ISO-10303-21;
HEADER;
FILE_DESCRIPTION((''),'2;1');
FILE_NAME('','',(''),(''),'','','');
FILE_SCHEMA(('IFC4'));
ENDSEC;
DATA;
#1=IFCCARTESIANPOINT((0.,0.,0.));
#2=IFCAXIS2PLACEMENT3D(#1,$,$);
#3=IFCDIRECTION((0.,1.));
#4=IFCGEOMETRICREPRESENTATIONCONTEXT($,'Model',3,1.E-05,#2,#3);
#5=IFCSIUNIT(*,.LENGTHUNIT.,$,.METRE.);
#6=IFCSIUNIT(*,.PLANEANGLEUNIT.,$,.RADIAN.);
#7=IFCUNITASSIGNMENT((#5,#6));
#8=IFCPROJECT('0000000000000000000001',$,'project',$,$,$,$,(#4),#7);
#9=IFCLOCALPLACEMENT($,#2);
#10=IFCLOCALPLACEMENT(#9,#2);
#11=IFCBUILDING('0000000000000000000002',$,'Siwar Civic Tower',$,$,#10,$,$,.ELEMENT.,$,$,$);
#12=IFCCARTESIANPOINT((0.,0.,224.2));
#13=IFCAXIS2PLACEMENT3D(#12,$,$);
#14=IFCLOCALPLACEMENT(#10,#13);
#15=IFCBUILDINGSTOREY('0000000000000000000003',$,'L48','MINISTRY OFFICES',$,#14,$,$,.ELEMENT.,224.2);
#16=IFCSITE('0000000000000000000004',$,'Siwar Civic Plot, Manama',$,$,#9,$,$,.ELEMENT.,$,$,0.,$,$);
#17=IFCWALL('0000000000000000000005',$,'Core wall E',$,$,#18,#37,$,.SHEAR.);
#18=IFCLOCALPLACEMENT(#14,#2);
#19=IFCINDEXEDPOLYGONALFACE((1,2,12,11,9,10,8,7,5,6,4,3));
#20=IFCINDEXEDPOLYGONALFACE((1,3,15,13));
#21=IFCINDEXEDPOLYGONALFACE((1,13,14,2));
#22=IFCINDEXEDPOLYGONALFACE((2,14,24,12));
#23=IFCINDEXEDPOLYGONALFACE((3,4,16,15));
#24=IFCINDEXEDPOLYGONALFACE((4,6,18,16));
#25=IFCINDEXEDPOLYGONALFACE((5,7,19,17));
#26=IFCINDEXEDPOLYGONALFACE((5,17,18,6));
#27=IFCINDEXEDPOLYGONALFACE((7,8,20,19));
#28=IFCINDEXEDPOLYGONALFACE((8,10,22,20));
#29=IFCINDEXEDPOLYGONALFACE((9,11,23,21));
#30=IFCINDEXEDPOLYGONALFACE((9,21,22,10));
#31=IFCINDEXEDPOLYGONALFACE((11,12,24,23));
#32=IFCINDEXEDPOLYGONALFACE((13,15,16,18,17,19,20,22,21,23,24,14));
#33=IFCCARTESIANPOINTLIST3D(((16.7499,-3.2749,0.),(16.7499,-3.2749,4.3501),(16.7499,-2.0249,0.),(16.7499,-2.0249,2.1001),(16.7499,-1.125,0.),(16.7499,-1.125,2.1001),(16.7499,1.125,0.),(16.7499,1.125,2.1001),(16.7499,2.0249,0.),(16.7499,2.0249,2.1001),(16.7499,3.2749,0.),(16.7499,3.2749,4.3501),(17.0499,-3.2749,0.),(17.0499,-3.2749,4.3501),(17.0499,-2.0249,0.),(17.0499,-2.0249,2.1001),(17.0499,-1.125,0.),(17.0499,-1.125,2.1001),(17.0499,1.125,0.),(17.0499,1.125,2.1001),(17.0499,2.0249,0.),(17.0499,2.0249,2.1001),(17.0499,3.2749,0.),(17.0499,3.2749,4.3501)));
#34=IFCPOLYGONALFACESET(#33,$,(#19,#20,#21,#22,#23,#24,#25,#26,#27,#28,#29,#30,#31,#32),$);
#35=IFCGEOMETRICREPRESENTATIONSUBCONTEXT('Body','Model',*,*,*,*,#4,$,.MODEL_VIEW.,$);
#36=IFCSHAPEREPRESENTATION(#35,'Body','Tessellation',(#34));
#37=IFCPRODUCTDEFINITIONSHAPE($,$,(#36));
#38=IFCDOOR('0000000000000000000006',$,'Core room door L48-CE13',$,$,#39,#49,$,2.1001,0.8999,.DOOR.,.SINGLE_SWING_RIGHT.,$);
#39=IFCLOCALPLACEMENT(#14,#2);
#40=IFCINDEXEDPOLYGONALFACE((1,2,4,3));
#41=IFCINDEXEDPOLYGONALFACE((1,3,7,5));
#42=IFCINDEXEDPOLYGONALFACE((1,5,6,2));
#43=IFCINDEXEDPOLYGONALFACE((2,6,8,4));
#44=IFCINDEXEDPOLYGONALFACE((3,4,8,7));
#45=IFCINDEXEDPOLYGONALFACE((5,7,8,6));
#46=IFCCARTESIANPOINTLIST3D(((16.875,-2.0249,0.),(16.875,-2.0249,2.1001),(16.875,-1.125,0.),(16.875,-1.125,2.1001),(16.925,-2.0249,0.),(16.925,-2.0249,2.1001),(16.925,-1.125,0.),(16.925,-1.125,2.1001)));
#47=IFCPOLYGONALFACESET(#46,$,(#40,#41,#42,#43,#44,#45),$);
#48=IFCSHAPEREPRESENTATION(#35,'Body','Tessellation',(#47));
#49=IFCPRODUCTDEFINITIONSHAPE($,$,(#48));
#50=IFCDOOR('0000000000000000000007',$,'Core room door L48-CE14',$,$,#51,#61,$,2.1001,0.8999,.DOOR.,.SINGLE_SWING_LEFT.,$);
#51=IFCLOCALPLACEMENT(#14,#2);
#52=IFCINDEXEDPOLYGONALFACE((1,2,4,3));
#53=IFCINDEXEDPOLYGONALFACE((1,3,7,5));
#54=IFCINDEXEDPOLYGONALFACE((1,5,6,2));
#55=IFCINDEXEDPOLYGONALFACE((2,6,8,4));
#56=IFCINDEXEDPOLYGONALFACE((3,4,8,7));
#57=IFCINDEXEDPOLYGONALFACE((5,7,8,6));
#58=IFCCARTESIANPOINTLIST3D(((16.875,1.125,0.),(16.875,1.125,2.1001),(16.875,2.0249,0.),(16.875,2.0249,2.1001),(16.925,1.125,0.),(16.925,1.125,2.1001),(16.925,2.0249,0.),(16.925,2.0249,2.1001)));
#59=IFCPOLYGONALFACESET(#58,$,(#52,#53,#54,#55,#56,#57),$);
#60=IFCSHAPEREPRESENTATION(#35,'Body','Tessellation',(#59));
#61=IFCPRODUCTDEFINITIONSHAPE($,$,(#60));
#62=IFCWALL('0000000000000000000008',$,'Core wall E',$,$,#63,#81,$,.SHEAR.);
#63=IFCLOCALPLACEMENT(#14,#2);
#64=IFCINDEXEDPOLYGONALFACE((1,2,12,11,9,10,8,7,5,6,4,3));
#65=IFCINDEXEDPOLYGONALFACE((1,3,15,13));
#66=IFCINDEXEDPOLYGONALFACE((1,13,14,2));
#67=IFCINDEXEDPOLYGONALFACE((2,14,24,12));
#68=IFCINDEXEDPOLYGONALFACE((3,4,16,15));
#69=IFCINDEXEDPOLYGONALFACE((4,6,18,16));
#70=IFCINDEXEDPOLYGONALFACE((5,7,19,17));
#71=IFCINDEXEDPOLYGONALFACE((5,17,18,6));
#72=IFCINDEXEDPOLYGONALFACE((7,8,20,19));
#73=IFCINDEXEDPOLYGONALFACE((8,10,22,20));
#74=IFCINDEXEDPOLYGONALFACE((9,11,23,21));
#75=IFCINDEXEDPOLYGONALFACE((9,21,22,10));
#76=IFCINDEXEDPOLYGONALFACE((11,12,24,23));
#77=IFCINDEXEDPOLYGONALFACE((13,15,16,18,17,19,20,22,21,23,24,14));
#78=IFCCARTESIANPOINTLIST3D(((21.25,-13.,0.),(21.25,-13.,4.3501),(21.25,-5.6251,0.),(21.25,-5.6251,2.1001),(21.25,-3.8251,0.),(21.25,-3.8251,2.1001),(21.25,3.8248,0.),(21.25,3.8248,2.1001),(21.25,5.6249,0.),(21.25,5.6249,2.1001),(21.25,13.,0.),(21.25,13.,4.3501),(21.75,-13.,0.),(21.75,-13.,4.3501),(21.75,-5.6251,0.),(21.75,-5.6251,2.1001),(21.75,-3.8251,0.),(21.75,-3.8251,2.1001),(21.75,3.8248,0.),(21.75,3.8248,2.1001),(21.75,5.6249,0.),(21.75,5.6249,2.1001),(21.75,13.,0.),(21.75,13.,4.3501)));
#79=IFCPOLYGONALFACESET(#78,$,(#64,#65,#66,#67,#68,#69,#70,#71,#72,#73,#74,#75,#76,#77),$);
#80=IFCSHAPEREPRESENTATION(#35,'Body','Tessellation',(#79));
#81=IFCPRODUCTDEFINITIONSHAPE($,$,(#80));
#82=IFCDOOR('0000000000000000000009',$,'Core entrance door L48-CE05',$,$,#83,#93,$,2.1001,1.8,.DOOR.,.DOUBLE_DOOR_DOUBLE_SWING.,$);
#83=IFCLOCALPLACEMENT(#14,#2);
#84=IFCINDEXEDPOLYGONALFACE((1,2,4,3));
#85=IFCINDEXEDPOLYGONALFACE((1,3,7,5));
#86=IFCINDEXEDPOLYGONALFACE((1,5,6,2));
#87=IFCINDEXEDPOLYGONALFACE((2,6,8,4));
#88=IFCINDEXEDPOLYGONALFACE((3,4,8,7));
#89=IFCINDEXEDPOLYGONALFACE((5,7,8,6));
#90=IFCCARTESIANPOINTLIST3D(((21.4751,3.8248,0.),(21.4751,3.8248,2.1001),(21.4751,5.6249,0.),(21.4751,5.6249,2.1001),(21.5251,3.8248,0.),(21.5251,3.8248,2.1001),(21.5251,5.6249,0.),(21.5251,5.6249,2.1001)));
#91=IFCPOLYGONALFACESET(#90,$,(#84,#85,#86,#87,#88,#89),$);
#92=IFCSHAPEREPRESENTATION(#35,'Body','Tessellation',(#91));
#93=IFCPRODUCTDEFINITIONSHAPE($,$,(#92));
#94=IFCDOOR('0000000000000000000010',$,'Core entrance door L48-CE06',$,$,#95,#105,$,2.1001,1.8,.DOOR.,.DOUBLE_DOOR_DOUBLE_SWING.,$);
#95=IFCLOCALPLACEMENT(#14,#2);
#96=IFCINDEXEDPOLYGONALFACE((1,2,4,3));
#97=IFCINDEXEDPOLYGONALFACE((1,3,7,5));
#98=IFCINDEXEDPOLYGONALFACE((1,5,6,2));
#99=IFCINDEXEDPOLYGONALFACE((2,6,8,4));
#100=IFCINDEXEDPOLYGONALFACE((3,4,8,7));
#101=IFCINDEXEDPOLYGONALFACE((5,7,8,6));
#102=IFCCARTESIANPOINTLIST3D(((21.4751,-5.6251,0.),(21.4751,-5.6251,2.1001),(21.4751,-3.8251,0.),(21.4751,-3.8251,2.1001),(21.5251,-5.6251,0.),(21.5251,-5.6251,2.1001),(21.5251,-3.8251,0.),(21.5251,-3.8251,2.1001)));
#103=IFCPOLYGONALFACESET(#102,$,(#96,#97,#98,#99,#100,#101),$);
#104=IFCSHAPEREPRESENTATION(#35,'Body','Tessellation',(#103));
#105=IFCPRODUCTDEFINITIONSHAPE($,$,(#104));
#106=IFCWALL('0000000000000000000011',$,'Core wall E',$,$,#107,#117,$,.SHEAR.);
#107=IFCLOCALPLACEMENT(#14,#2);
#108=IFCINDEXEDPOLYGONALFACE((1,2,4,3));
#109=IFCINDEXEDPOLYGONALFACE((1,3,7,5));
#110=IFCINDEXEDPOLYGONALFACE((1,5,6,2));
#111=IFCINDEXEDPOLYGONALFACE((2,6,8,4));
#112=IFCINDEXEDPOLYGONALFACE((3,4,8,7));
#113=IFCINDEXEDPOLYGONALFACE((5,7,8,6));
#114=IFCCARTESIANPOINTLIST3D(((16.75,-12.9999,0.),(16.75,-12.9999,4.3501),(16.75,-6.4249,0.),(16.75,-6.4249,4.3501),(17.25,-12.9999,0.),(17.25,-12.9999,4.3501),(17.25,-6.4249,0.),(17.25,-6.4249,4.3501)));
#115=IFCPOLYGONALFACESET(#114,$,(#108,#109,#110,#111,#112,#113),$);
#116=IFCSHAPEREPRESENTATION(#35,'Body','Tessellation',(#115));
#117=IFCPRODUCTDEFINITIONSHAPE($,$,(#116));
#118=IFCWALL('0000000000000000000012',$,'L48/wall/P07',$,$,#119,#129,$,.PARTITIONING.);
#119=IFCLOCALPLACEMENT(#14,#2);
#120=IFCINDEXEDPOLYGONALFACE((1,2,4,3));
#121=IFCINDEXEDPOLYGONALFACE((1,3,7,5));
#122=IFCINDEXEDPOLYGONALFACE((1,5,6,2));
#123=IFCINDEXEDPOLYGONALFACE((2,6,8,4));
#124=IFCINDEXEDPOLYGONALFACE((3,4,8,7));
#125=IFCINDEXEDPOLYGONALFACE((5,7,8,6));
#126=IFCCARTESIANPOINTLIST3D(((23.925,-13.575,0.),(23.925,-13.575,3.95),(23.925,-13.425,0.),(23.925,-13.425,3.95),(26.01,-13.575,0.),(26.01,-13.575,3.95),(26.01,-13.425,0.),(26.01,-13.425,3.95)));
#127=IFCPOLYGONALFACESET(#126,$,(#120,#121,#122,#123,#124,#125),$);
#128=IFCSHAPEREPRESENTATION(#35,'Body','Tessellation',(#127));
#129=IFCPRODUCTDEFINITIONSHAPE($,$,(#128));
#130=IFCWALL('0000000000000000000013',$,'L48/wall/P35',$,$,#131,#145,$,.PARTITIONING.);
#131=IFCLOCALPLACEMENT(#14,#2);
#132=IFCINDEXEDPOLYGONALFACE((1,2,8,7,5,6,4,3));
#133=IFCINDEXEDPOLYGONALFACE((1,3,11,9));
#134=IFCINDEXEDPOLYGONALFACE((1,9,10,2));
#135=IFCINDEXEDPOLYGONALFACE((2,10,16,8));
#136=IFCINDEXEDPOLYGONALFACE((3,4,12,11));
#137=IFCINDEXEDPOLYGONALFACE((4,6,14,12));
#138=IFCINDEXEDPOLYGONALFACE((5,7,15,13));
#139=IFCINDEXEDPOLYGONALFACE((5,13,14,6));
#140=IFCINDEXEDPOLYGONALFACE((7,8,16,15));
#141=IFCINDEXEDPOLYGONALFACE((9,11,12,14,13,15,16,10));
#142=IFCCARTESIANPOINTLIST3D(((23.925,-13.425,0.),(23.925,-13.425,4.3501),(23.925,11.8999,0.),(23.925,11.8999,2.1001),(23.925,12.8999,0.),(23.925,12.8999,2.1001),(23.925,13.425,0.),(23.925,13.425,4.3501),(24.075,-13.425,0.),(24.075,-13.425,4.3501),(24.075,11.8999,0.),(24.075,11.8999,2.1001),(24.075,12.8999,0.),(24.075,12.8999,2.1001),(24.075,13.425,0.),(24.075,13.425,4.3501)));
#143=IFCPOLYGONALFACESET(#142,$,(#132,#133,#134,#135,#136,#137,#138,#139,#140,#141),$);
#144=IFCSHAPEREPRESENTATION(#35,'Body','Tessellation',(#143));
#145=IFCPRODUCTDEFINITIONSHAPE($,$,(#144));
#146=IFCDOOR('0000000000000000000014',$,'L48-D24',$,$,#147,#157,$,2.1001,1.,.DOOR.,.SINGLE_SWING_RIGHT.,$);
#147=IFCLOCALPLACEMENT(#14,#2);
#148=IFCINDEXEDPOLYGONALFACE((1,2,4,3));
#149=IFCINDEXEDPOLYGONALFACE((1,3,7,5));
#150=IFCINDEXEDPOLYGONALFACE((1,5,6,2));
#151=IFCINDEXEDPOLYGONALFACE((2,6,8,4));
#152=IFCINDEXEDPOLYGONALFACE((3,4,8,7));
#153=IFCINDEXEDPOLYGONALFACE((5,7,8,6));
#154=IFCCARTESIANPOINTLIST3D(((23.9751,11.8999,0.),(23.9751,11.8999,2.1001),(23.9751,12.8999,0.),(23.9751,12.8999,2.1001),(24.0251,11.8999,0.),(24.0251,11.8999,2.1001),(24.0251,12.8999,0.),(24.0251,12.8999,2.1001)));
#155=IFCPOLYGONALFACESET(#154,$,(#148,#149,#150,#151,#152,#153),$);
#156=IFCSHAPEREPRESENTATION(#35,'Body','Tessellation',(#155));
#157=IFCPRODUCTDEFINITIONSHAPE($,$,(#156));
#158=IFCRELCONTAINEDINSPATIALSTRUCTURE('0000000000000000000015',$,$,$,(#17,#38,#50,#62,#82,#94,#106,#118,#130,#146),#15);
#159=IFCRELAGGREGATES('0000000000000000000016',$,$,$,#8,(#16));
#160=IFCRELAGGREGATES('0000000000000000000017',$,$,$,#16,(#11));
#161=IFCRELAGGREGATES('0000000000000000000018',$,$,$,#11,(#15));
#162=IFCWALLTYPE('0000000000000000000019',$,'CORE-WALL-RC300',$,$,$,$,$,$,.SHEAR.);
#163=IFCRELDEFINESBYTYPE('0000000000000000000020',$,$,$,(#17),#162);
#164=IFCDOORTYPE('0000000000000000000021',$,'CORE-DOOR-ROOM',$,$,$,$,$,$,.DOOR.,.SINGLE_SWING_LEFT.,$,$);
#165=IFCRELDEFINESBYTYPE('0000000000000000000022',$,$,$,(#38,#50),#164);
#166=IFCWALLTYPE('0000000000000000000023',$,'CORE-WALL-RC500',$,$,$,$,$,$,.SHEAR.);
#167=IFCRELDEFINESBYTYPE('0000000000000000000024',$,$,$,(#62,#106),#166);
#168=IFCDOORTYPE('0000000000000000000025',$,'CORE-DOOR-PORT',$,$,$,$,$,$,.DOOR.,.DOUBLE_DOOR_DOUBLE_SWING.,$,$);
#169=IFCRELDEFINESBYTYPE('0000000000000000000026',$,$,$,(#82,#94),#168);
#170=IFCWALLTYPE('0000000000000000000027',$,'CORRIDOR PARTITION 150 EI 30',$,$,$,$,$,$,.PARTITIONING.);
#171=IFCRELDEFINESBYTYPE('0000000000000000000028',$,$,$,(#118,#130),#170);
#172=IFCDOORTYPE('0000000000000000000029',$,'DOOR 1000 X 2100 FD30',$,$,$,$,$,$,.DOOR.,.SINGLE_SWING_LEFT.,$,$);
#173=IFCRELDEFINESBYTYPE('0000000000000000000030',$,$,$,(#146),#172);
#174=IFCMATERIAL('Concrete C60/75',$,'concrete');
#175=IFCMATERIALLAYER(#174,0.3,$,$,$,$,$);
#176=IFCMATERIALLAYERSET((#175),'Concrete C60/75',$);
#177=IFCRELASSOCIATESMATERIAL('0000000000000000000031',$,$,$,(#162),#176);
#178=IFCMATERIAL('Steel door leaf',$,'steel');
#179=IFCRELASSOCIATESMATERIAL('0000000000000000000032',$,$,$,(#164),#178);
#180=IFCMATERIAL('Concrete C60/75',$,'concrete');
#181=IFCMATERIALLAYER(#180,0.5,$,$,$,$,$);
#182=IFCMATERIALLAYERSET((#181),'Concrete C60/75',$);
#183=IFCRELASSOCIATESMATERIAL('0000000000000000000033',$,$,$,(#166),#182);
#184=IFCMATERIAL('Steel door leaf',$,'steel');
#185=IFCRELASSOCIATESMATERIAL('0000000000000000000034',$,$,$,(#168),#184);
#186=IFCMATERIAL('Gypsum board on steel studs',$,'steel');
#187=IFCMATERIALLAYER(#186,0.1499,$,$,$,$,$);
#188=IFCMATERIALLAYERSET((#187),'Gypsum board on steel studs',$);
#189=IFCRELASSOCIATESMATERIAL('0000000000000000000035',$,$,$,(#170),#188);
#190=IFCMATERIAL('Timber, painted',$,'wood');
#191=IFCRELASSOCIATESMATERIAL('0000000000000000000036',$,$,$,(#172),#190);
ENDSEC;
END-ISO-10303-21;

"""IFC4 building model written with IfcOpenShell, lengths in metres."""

from ifc_helpers import new_model, si_unit, direction, frame, frame_2d, origin, place, context, subcontext, project, spatial, rectangle, extrude, material, layer, layer_set, type_object, element, fill, save


model = new_model("IFC4")

# Units and contexts
model_context = context("Model", 3, precision=1e-05, world=origin(), true_north=direction((0.0, 1.0)))
body_context = subcontext(model_context, "Body", "Model", "MODEL_VIEW")
ifc_project = project(units=[si_unit("LENGTHUNIT", "METRE"), si_unit("PLANEANGLEUNIT", "RADIAN")], contexts=[model_context])

# Site, building, storey
site_placement = place(None, origin())
site = spatial("IfcSite", under=ifc_project, at=site_placement, Name="Siwar Civic Plot, Manama", CompositionType="ELEMENT", RefElevation=0.0)
building_placement = place(site_placement, origin())
building = spatial("IfcBuilding", under=site, at=building_placement, Name="Siwar Civic Tower", CompositionType="ELEMENT")
storey_placement = place(building_placement, frame((0.0, 0.0, 224.2)))
storey = spatial("IfcBuildingStorey", under=building, at=storey_placement, Name="L48", Description="MINISTRY OFFICES", CompositionType="ELEMENT", Elevation=224.2)

# Walls, openings, doors
ifc_material_1 = material(Name="Concrete C60/75", Category="concrete")
ifc_layer_1 = layer(ifc_material_1, 0.3)
ifc_layer_set_1 = layer_set([ifc_layer_1], Name="Concrete C60/75")
wall_type_1 = type_object("IfcWallType", Name="CORE-WALL-RC300", PredefinedType="SHEAR", material=ifc_layer_set_1)
wall_1_placement = place(storey_placement, frame((16.8999, -3.2749, 0.0), z_axis=(0.0, 0.0, 1.0), x_axis=(0.0, 1.0, 0.0)))
wall_1 = element("IfcWall", 1, at=wall_1_placement, inside=storey, type_object=wall_type_1, Name="Core wall E", PredefinedType="SHEAR", context=body_context, shape_type="SweptSolid", body=[
    extrude(rectangle(XDim=6.5498, YDim=0.3, at=frame_2d((3.2749, 0.0))), origin(), (0.0, 0.0, 1.0), 4.3501),
])
opening_1_placement = place(wall_1_placement, frame((1.25, 0.0, 0.0)))
opening_1 = element("IfcOpeningElement", 2, at=opening_1_placement, cuts=wall_1, PredefinedType="OPENING", context=body_context, shape_type="SweptSolid", body=[
    extrude(rectangle(XDim=0.8999, YDim=2.1001, at=frame_2d((0.45, 1.05))), frame((0.0, 0.1602, 0.0), z_axis=(0.0, -1.0, 0.0), x_axis=(1.0, 0.0, 0.0)), (0.0, 0.0, 1.0), 0.3201),
])
opening_2_placement = place(wall_1_placement, frame((4.3999, 0.0, 0.0)))
opening_2 = element("IfcOpeningElement", 3, at=opening_2_placement, cuts=wall_1, PredefinedType="OPENING", context=body_context, shape_type="SweptSolid", body=[
    extrude(rectangle(XDim=0.8999, YDim=2.1001, at=frame_2d((0.45, 1.05))), frame((0.0, 0.1602, 0.0), z_axis=(0.0, -1.0, 0.0), x_axis=(1.0, 0.0, 0.0)), (0.0, 0.0, 1.0), 0.3201),
])
ifc_material_2 = material(Name="Steel door leaf", Category="steel")
door_type_1 = type_object("IfcDoorType", Name="CORE-DOOR-ROOM", OperationType="SINGLE_SWING_LEFT", PredefinedType="DOOR", material=ifc_material_2)
door_1_placement = place(opening_1_placement, origin())
door_1 = element("IfcDoor", 4, at=door_1_placement, inside=storey, type_object=door_type_1, Name="Core room door L48-CE13", OperationType="SINGLE_SWING_RIGHT", OverallHeight=2.1001, OverallWidth=0.8999, PredefinedType="DOOR", context=body_context, shape_type="SweptSolid", body=[
    extrude(rectangle(XDim=0.8999, YDim=2.1001, at=frame_2d((0.45, 1.05))), frame((0.0, 0.0249, 0.0), z_axis=(0.0, -1.0, 0.0), x_axis=(1.0, 0.0, 0.0)), (0.0, 0.0, 1.0), 0.05),
])
fill(opening_1, door_1)
door_2_placement = place(opening_2_placement, origin())
door_2 = element("IfcDoor", 5, at=door_2_placement, inside=storey, type_object=door_type_1, Name="Core room door L48-CE14", OperationType="SINGLE_SWING_LEFT", OverallHeight=2.1001, OverallWidth=0.8999, PredefinedType="DOOR", context=body_context, shape_type="SweptSolid", body=[
    extrude(rectangle(XDim=0.8999, YDim=2.1001, at=frame_2d((0.45, 1.05))), frame((0.0, 0.0249, 0.0), z_axis=(0.0, -1.0, 0.0), x_axis=(1.0, 0.0, 0.0)), (0.0, 0.0, 1.0), 0.05),
])
fill(opening_2, door_2)
ifc_material_3 = material(Name="Concrete C60/75", Category="concrete")
ifc_layer_2 = layer(ifc_material_3, 0.5)
ifc_layer_set_2 = layer_set([ifc_layer_2], Name="Concrete C60/75")
wall_type_2 = type_object("IfcWallType", Name="CORE-WALL-RC500", PredefinedType="SHEAR", material=ifc_layer_set_2)
wall_2_placement = place(storey_placement, frame((21.5, -13.0, 0.0), z_axis=(0.0, 0.0, 1.0), x_axis=(0.0, 1.0, 0.0)))
wall_2 = element("IfcWall", 6, at=wall_2_placement, inside=storey, type_object=wall_type_2, Name="Core wall E", PredefinedType="SHEAR", context=body_context, shape_type="SweptSolid", body=[
    extrude(rectangle(XDim=26.0, YDim=0.5, at=frame_2d((13.0, 0.0))), origin(), (0.0, 0.0, 1.0), 4.3501),
])
opening_3_placement = place(wall_2_placement, frame((16.825, 0.0, 0.0)))
opening_3 = element("IfcOpeningElement", 7, at=opening_3_placement, cuts=wall_2, PredefinedType="OPENING", context=body_context, shape_type="SweptSolid", body=[
    extrude(rectangle(XDim=1.8, YDim=2.1001, at=frame_2d((0.8999, 1.05))), frame((0.0, 0.26, 0.0), z_axis=(0.0, -1.0, 0.0), x_axis=(1.0, 0.0, 0.0)), (0.0, 0.0, 1.0), 0.52),
])
opening_4_placement = place(wall_2_placement, frame((7.375, 0.0, 0.0)))
opening_4 = element("IfcOpeningElement", 8, at=opening_4_placement, cuts=wall_2, PredefinedType="OPENING", context=body_context, shape_type="SweptSolid", body=[
    extrude(rectangle(XDim=1.8, YDim=2.1001, at=frame_2d((0.8999, 1.05))), frame((0.0, 0.26, 0.0), z_axis=(0.0, -1.0, 0.0), x_axis=(1.0, 0.0, 0.0)), (0.0, 0.0, 1.0), 0.52),
])
ifc_material_4 = material(Name="Steel door leaf", Category="steel")
door_type_2 = type_object("IfcDoorType", Name="CORE-DOOR-PORT", OperationType="DOUBLE_DOOR_DOUBLE_SWING", PredefinedType="DOOR", material=ifc_material_4)
door_3_placement = place(opening_3_placement, origin())
door_3 = element("IfcDoor", 9, at=door_3_placement, inside=storey, type_object=door_type_2, Name="Core entrance door L48-CE05", OperationType="DOUBLE_DOOR_DOUBLE_SWING", OverallHeight=2.1001, OverallWidth=1.8, PredefinedType="DOOR", context=body_context, shape_type="SweptSolid", body=[
    extrude(rectangle(XDim=1.8, YDim=2.1001, at=frame_2d((0.8999, 1.05))), frame((0.0, 0.0249, 0.0), z_axis=(0.0, -1.0, 0.0), x_axis=(1.0, 0.0, 0.0)), (0.0, 0.0, 1.0), 0.05),
])
fill(opening_3, door_3)
door_4_placement = place(opening_4_placement, origin())
door_4 = element("IfcDoor", 10, at=door_4_placement, inside=storey, type_object=door_type_2, Name="Core entrance door L48-CE06", OperationType="DOUBLE_DOOR_DOUBLE_SWING", OverallHeight=2.1001, OverallWidth=1.8, PredefinedType="DOOR", context=body_context, shape_type="SweptSolid", body=[
    extrude(rectangle(XDim=1.8, YDim=2.1001, at=frame_2d((0.8999, 1.05))), frame((0.0, 0.0249, 0.0), z_axis=(0.0, -1.0, 0.0), x_axis=(1.0, 0.0, 0.0)), (0.0, 0.0, 1.0), 0.05),
])
fill(opening_4, door_4)

# Walls
wall_3_placement = place(storey_placement, frame((17.0, -13.0, 0.0), z_axis=(0.0, 0.0, 1.0), x_axis=(0.0, 1.0, 0.0)))
element("IfcWall", 11, at=wall_3_placement, inside=storey, type_object=wall_type_2, Name="Core wall E", PredefinedType="SHEAR", context=body_context, shape_type="SweptSolid", body=[
    extrude(rectangle(XDim=6.575, YDim=0.5, at=frame_2d((3.2876, 0.0))), origin(), (0.0, 0.0, 1.0), 4.3501),
])
ifc_material_5 = material(Name="Gypsum board on steel studs", Category="steel")
ifc_layer_3 = layer(ifc_material_5, 0.1499)
ifc_layer_set_3 = layer_set([ifc_layer_3], Name="Gypsum board on steel studs")
wall_type_3 = type_object("IfcWallType", Name="CORRIDOR PARTITION 150 EI 30", PredefinedType="PARTITIONING", material=ifc_layer_set_3)
wall_4_placement = place(storey_placement, frame((23.925, -13.5, 0.0), z_axis=(0.0, 0.0, 1.0), x_axis=(1.0, 0.0, 0.0)))
element("IfcWall", 12, at=wall_4_placement, inside=storey, type_object=wall_type_3, Name="L48/wall/P07", PredefinedType="PARTITIONING", context=body_context, shape_type="SweptSolid", body=[
    extrude(rectangle(XDim=2.085, YDim=0.1499, at=frame_2d((1.0425, 0.0))), origin(), (0.0, 0.0, 1.0), 3.95),
])

# Wall, opening, door
wall_5_placement = place(storey_placement, frame((24.0, -13.425, 0.0), z_axis=(0.0, 0.0, 1.0), x_axis=(0.0, 1.0, 0.0)))
wall_5 = element("IfcWall", 13, at=wall_5_placement, inside=storey, type_object=wall_type_3, Name="L48/wall/P35", PredefinedType="PARTITIONING", context=body_context, shape_type="SweptSolid", body=[
    extrude(rectangle(XDim=26.8501, YDim=0.1499, at=frame_2d((13.425, 0.0))), origin(), (0.0, 0.0, 1.0), 4.3501),
])
opening_5_placement = place(wall_5_placement, frame((25.325, 0.0, 0.0)))
opening_5 = element("IfcOpeningElement", 14, at=opening_5_placement, cuts=wall_5, PredefinedType="OPENING", context=body_context, shape_type="SweptSolid", body=[
    extrude(rectangle(XDim=1.0, YDim=2.1001, at=frame_2d((0.5, 1.05))), frame((0.0, 0.085, 0.0), z_axis=(0.0, -1.0, 0.0), x_axis=(1.0, 0.0, 0.0)), (0.0, 0.0, 1.0), 0.1699),
])
ifc_material_6 = material(Name="Timber, painted", Category="wood")
door_type_3 = type_object("IfcDoorType", Name="DOOR 1000 X 2100 FD30", OperationType="SINGLE_SWING_LEFT", PredefinedType="DOOR", material=ifc_material_6)
door_5_placement = place(opening_5_placement, origin())
door_5 = element("IfcDoor", 15, at=door_5_placement, inside=storey, type_object=door_type_3, Name="L48-D24", OperationType="SINGLE_SWING_RIGHT", OverallHeight=2.1001, OverallWidth=1.0, PredefinedType="DOOR", context=body_context, shape_type="SweptSolid", body=[
    extrude(rectangle(XDim=1.0, YDim=2.1001, at=frame_2d((0.5, 1.05))), frame((0.0, 0.0249, 0.0), z_axis=(0.0, -1.0, 0.0), x_axis=(1.0, 0.0, 0.0)), (0.0, 0.0, 1.0), 0.05),
])
fill(opening_5, door_5)

save(model, "model.ifc")
